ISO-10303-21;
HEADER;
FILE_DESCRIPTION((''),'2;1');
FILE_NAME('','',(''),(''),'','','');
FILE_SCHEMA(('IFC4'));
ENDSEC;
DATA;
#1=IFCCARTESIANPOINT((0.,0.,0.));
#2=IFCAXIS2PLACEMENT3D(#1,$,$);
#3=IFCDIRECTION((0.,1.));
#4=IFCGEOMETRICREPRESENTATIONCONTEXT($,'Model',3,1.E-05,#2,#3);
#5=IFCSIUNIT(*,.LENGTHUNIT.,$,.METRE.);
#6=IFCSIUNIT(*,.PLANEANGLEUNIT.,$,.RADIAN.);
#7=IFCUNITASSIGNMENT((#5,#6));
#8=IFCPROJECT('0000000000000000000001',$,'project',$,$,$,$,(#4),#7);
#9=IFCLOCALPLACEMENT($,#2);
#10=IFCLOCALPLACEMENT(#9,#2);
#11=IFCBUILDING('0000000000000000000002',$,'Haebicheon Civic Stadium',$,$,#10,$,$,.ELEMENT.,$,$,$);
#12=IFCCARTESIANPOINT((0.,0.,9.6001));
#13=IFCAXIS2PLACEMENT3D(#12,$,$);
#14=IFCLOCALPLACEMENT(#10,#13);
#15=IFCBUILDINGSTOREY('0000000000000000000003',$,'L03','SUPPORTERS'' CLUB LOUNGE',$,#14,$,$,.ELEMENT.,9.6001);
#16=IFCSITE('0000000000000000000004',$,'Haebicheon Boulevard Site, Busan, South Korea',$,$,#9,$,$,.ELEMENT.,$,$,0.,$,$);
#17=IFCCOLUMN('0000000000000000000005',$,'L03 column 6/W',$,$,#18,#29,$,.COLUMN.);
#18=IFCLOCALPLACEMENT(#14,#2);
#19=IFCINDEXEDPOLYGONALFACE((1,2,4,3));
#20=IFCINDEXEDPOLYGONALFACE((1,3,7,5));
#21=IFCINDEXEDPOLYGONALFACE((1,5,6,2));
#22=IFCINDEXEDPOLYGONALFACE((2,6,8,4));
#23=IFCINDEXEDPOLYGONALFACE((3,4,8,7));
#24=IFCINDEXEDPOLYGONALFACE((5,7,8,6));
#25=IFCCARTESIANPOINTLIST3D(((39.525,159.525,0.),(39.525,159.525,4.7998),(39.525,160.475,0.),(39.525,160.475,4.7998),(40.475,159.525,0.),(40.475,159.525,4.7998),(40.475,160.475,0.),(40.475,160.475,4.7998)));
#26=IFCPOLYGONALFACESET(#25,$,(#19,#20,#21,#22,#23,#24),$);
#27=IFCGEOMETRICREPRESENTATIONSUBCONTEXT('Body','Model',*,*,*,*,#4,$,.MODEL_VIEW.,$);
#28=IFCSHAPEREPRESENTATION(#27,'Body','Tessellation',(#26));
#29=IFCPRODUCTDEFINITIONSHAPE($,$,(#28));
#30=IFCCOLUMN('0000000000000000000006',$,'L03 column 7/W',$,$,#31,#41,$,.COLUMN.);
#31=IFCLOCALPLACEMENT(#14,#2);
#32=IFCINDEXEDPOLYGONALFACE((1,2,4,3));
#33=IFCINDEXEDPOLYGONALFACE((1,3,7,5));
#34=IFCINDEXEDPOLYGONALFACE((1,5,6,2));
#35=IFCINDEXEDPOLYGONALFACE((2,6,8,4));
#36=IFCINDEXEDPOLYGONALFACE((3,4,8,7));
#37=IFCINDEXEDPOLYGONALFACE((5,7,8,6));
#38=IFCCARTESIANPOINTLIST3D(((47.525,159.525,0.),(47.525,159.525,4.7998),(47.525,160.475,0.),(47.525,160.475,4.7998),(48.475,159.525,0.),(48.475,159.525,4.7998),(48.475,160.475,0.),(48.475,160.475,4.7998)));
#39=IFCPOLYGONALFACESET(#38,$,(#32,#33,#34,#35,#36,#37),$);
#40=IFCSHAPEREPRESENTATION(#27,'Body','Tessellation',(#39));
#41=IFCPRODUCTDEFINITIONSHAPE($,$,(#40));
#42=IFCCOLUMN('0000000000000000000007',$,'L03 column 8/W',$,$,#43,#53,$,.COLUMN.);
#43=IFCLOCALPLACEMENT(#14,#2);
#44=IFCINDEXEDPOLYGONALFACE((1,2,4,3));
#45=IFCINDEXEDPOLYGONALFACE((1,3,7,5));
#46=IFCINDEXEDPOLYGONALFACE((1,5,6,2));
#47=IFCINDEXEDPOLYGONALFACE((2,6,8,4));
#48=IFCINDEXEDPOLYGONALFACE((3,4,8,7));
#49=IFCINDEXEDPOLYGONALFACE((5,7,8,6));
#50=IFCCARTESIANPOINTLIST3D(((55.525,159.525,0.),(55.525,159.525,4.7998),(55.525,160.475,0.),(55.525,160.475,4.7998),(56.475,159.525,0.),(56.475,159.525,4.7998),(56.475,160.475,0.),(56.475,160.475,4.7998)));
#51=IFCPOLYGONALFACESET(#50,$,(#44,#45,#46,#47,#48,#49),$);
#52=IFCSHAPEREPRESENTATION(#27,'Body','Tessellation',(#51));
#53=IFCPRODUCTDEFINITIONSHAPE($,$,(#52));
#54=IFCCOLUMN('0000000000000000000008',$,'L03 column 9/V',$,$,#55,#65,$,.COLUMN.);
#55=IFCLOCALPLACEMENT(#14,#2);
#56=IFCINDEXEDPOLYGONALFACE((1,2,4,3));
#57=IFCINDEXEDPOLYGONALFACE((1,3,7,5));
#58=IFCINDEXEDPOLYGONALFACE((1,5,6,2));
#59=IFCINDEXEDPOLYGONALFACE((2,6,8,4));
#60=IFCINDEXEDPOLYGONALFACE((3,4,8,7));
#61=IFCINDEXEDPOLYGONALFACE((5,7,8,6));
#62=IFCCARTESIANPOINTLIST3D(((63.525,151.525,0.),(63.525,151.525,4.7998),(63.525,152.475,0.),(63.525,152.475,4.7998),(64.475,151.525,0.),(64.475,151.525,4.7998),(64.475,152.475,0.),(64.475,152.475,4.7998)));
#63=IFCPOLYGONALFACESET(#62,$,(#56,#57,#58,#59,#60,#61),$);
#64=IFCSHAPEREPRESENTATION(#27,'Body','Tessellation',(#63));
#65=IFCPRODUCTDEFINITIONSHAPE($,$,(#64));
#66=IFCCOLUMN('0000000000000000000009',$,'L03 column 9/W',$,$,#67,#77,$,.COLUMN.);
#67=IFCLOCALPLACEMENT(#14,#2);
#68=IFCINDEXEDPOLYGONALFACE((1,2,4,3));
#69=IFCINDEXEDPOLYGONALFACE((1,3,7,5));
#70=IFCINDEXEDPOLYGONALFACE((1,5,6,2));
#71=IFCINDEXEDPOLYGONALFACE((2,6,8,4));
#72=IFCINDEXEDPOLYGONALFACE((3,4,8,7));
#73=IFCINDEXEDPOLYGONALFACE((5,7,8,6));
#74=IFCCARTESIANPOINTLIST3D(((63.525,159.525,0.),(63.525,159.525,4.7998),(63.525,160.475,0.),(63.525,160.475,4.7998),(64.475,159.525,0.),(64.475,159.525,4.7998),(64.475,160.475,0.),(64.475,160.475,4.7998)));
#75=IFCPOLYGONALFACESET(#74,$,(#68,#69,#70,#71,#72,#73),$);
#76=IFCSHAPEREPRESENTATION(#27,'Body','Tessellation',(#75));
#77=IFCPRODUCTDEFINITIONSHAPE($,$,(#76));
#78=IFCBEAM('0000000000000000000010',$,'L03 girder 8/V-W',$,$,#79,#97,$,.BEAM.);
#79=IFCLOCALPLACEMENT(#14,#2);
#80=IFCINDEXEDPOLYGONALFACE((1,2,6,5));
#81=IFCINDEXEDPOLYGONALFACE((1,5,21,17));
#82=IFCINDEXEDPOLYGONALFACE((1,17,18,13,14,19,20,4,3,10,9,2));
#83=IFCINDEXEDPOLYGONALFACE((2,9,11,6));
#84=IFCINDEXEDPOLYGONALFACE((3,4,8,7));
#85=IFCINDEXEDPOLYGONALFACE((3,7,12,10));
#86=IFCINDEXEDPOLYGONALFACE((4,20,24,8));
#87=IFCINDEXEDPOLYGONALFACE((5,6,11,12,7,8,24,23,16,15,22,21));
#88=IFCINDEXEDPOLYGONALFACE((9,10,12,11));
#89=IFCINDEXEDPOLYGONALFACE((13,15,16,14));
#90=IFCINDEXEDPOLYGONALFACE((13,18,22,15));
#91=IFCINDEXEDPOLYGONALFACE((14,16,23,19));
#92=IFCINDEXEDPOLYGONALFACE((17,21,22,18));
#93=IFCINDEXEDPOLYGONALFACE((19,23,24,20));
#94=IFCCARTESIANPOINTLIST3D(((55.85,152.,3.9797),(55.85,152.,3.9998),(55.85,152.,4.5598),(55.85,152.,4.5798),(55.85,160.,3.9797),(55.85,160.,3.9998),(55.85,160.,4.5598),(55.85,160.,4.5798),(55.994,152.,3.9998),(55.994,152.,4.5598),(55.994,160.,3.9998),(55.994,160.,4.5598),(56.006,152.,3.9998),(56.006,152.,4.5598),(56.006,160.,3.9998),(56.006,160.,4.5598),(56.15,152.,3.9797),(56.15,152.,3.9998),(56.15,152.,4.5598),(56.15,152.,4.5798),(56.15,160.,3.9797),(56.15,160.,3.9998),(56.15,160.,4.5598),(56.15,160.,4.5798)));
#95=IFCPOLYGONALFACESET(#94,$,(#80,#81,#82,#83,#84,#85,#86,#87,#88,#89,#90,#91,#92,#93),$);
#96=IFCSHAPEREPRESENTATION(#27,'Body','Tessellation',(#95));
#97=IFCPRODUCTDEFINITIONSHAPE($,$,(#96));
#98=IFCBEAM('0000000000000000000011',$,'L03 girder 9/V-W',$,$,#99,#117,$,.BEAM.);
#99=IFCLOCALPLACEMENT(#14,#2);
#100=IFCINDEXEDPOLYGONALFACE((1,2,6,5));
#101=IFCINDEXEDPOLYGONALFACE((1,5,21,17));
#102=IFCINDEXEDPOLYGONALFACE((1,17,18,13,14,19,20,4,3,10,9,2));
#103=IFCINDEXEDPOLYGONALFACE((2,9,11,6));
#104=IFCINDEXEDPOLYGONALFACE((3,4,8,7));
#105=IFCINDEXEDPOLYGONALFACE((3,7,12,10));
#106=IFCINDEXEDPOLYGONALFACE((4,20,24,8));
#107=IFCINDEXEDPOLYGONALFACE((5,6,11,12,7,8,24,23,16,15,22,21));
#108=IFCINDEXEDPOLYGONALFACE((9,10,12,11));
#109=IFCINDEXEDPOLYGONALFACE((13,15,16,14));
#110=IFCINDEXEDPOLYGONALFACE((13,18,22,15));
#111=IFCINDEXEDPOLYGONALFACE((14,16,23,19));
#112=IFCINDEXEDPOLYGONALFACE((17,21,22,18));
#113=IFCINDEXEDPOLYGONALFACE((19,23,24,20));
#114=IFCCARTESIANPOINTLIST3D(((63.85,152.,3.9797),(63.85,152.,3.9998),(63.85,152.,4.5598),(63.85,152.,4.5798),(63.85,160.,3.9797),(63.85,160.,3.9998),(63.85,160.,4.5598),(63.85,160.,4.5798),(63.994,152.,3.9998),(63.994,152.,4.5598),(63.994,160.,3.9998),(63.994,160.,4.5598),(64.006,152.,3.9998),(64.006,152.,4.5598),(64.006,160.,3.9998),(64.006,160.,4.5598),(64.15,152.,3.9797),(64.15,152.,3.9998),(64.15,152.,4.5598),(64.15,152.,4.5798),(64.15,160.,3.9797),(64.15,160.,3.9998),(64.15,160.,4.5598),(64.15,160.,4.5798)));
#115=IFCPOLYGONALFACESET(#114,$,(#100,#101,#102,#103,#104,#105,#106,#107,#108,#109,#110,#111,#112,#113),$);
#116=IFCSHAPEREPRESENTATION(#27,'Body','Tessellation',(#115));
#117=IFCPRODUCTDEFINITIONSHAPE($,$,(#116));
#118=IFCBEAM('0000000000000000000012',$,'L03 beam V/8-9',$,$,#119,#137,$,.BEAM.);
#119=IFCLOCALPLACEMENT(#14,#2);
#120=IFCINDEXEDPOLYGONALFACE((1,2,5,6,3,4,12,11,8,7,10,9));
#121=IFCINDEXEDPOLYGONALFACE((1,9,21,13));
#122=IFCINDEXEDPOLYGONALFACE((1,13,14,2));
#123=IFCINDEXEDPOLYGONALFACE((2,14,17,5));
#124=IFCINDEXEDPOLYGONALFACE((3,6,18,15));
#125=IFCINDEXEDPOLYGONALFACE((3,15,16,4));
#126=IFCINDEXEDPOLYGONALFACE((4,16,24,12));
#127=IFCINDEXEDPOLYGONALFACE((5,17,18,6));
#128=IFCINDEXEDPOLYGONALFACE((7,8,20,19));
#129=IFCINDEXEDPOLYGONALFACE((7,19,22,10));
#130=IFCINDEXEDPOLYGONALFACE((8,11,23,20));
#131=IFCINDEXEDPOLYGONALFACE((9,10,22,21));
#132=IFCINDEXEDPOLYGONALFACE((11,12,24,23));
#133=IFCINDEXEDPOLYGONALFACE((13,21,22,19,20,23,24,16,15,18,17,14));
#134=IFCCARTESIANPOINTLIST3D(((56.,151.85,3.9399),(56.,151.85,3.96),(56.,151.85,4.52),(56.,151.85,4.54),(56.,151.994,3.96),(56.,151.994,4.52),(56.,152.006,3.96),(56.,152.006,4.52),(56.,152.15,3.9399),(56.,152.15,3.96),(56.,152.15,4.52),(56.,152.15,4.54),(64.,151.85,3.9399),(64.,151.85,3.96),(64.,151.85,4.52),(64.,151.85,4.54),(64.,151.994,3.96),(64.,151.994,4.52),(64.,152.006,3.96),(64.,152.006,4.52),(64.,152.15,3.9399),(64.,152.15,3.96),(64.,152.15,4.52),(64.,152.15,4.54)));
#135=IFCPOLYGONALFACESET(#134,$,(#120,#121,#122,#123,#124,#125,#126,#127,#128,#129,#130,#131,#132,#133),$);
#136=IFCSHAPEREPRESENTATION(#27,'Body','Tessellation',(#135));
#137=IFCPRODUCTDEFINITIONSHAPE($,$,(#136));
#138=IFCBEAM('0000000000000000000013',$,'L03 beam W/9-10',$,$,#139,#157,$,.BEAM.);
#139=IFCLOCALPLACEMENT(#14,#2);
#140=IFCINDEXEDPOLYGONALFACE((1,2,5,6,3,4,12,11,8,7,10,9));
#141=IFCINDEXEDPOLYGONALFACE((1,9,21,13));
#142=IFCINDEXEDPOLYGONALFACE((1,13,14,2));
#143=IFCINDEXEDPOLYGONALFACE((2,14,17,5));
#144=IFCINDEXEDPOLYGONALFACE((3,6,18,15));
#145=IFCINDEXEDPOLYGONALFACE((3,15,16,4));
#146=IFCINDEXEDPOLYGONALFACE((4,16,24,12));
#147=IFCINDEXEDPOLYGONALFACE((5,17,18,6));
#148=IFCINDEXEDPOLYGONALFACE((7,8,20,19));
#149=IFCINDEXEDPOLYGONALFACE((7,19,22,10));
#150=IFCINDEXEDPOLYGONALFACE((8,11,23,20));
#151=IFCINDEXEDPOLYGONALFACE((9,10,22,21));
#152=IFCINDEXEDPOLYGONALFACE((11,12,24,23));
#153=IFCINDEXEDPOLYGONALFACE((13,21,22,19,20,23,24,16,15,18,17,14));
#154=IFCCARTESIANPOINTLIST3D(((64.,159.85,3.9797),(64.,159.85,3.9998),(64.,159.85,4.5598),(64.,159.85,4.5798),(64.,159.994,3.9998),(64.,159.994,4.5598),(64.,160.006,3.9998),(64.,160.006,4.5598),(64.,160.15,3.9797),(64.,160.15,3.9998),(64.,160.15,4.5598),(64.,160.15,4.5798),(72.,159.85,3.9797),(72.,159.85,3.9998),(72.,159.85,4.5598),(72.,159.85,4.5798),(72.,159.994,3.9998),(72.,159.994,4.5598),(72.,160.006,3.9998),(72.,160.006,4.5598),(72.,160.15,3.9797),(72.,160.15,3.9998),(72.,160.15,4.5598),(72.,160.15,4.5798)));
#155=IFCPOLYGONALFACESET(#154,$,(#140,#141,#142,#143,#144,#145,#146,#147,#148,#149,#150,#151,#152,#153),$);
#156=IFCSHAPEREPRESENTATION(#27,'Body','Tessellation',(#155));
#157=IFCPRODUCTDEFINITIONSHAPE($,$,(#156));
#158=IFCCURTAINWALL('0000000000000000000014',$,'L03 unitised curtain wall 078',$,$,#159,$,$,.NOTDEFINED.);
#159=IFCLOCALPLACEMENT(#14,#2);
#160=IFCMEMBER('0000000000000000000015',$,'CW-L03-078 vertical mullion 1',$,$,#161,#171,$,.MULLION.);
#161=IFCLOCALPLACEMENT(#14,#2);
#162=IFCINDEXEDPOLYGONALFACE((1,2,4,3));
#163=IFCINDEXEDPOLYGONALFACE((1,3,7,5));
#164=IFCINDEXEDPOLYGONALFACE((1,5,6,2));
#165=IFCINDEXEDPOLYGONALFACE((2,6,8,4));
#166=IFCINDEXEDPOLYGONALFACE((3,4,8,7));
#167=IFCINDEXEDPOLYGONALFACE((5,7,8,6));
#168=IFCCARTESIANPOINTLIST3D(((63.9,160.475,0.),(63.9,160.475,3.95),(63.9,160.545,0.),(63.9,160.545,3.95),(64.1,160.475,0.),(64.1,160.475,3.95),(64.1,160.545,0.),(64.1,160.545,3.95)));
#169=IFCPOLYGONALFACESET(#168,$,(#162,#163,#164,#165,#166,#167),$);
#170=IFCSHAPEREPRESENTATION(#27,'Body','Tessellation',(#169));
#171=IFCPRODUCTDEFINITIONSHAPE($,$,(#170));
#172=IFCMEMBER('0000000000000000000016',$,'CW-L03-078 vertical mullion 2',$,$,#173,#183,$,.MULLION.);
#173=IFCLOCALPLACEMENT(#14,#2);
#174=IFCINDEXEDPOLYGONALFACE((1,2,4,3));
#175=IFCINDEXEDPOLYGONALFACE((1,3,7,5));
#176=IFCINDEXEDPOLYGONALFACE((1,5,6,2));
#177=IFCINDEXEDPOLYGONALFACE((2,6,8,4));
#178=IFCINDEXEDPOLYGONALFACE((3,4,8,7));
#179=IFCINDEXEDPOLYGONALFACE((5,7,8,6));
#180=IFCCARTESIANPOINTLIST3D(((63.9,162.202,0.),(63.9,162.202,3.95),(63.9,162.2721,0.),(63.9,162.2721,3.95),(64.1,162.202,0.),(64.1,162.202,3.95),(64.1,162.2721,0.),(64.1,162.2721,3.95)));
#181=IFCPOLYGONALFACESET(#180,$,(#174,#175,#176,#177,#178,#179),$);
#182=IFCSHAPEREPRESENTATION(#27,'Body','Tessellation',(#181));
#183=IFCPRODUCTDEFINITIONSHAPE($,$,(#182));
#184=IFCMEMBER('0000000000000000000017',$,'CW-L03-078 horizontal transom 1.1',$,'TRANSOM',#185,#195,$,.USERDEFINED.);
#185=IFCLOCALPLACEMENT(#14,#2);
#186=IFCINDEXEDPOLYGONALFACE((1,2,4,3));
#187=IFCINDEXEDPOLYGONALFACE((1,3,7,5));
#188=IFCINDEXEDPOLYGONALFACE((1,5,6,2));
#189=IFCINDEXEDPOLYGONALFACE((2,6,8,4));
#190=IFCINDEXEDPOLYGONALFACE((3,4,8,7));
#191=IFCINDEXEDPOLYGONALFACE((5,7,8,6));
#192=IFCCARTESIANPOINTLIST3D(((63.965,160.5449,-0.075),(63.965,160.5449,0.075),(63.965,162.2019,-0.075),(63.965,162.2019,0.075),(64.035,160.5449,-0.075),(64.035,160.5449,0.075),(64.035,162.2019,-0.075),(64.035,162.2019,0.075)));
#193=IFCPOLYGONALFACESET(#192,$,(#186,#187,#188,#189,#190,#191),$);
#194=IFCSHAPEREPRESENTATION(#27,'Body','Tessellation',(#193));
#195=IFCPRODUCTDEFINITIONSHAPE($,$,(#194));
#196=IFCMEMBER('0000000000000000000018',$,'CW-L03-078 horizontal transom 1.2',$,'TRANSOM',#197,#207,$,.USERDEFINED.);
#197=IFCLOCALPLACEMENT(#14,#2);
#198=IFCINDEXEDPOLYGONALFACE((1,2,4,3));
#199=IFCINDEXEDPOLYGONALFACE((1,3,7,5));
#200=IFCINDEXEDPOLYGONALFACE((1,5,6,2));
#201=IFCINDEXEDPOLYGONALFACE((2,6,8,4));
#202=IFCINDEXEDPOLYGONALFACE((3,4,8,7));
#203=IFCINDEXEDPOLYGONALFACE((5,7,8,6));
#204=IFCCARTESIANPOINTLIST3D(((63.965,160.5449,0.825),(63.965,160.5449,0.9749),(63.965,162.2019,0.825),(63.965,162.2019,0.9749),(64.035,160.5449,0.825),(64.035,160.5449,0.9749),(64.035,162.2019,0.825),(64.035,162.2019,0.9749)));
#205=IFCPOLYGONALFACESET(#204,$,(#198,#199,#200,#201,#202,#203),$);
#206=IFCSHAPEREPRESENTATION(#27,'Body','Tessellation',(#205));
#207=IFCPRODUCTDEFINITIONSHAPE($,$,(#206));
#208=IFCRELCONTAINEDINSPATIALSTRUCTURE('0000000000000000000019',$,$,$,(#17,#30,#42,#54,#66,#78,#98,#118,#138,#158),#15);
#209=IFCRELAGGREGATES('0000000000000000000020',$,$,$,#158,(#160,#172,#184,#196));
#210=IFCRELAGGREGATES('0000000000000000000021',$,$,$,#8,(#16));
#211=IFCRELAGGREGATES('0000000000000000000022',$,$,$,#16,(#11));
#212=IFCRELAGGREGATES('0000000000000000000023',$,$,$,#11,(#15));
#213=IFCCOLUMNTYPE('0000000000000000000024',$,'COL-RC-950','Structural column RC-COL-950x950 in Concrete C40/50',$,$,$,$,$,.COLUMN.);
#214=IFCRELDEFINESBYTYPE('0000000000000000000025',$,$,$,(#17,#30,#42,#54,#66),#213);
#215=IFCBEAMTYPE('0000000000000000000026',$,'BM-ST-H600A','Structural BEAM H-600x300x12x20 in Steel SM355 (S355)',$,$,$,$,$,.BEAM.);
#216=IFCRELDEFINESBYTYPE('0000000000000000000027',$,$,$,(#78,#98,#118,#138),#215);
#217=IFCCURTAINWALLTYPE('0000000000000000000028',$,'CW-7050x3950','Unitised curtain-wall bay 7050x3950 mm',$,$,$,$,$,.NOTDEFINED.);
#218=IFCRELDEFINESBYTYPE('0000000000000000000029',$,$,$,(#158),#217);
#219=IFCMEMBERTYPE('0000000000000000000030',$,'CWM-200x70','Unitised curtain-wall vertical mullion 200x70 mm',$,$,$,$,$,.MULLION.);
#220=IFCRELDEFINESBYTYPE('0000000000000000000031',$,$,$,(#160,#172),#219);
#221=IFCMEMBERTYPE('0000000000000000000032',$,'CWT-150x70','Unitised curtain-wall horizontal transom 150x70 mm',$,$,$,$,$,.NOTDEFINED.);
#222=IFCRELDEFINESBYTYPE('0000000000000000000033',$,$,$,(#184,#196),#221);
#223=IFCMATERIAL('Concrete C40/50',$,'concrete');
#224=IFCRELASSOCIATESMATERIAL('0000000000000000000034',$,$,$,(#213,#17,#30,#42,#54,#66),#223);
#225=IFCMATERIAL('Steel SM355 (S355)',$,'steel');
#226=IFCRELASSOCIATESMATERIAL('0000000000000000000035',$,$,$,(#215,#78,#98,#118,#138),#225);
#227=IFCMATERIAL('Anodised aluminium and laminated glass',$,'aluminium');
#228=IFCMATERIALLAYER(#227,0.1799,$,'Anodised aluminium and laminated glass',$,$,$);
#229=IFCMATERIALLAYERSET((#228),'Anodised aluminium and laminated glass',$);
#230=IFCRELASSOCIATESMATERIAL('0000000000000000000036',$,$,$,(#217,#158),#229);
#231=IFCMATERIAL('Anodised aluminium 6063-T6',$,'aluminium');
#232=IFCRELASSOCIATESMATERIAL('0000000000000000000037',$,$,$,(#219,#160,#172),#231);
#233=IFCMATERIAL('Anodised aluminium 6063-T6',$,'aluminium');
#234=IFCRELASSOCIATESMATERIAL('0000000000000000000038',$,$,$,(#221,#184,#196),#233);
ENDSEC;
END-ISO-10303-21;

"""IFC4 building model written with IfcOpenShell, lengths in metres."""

from ifc_helpers import new_model, si_unit, direction, frame, origin, origin_2d, place, context, subcontext, project, spatial, rectangle, i_section, extrude, material, layer, layer_set, material_profile, profile_set, type_object, element, aggregate, save


model = new_model("IFC4")

# Units and contexts
model_context = context("Model", 3, precision=1e-05, world=origin(), true_north=direction((0.0, 1.0)))
body_context = subcontext(model_context, "Body", "Model", "MODEL_VIEW")
ifc_project = project(units=[si_unit("LENGTHUNIT", "METRE"), si_unit("PLANEANGLEUNIT", "RADIAN")], contexts=[model_context])

# Site, building, storey
site_placement = place(None, origin())
site = spatial("IfcSite", under=ifc_project, at=site_placement, Name="Haebicheon Boulevard Site, Busan, South Korea", CompositionType="ELEMENT", RefElevation=0.0)
building_placement = place(site_placement, origin())
building = spatial("IfcBuilding", under=site, at=building_placement, Name="Haebicheon Civic Stadium", CompositionType="ELEMENT")
storey_placement = place(building_placement, frame((0.0, 0.0, 9.6001)))
storey = spatial("IfcBuildingStorey", under=building, at=storey_placement, Name="L03", Description="SUPPORTERS' CLUB LOUNGE", CompositionType="ELEMENT", Elevation=9.6001)

# Columns
ifc_material_1 = material(Name="Concrete C40/50", Category="concrete")
ifc_material_profile_1 = material_profile(ifc_material_1, rectangle(XDim=0.95, YDim=0.95, at=origin_2d()), Name="RC-COL-950x950")
ifc_profile_set_1 = profile_set([ifc_material_profile_1], Name="Concrete C40/50")
column_type = type_object("IfcColumnType", Name="COL-RC-950", Description="Structural column RC-COL-950x950 in Concrete C40/50", PredefinedType="COLUMN", material=ifc_profile_set_1)
for number, where, z_axis, x_axis, name in (
    (1, (40.0, 160.0, 0.0), (0.0, 0.0, 1.0), (1.0, 0.0, 0.0), "L03 column 6/W"),
    (2, (48.0, 160.0, 0.0), (0.0, 0.0, 1.0), (1.0, 0.0, 0.0), "L03 column 7/W"),
    (3, (56.0, 160.0, 0.0), (0.0, 0.0, 1.0), (1.0, 0.0, 0.0), "L03 column 8/W"),
    (4, (64.0, 152.0, 0.0), (0.0, 0.0, 1.0), (1.0, 0.0, 0.0), "L03 column 9/V"),
    (5, (64.0, 160.0, 0.0), (0.0, 0.0, 1.0), (1.0, 0.0, 0.0), "L03 column 9/W"),
):
    element("IfcColumn", number, at=place(storey_placement, frame(where, z_axis=z_axis, x_axis=x_axis)), inside=storey, type_object=column_type, material=ifc_profile_set_1, Name=name, PredefinedType="COLUMN", context=body_context, shape_type="SweptSolid", body=[
        extrude(rectangle(XDim=0.95, YDim=0.95, at=origin_2d()), origin(), (0.0, 0.0, 1.0), 4.7998),
    ])

# Beams
ifc_material_2 = material(Name="Steel SM355 (S355)", Category="steel")
ifc_material_profile_2 = material_profile(ifc_material_2, i_section(OverallWidth=0.3, OverallDepth=0.6001, WebThickness=0.012, FlangeThickness=0.02, at=origin_2d()), Name="H-600x300x12x20")
ifc_profile_set_2 = profile_set([ifc_material_profile_2], Name="Steel SM355 (S355)")
beam_type_1 = type_object("IfcBeamType", Name="BM-ST-H600A", Description="Structural BEAM H-600x300x12x20 in Steel SM355 (S355)", PredefinedType="BEAM", material=ifc_profile_set_2)
for number, where, z_axis, x_axis, name in (
    (6, (56.0, 152.0, 4.2798), (0.0, 1.0, 0.0), (-1.0, 0.0, 0.0), "L03 girder 8/V-W"),
    (7, (64.0, 152.0, 4.2798), (0.0, 1.0, 0.0), (-1.0, 0.0, 0.0), "L03 girder 9/V-W"),
    (8, (56.0, 152.0, 4.24), (1.0, 0.0, 0.0), (0.0, 1.0, 0.0), "L03 beam V/8-9"),
    (9, (64.0, 160.0, 4.2798), (1.0, 0.0, 0.0), (0.0, 1.0, 0.0), "L03 beam W/9-10"),
):
    element("IfcBeam", number, at=place(storey_placement, frame(where, z_axis=z_axis, x_axis=x_axis)), inside=storey, type_object=beam_type_1, material=ifc_profile_set_2, Name=name, PredefinedType="BEAM", context=body_context, shape_type="SweptSolid", body=[
        extrude(i_section(OverallWidth=0.3, OverallDepth=0.6001, WebThickness=0.012, FlangeThickness=0.02, at=origin_2d()), origin(), (0.0, 0.0, 1.0), 8.0),
    ])

# Curtain wall, members
ifc_material_3 = material(Name="Anodised aluminium and laminated glass", Category="aluminium")
ifc_layer_1 = layer(ifc_material_3, 0.1799, Name="Anodised aluminium and laminated glass")
ifc_layer_set_1 = layer_set([ifc_layer_1], Name="Anodised aluminium and laminated glass")
curtain_wall_type = type_object("IfcCurtainWallType", Name="CW-7050x3950", Description="Unitised curtain-wall bay 7050x3950 mm", PredefinedType="NOTDEFINED", material=ifc_layer_set_1)
curtain_wall_placement = place(storey_placement, origin())
curtain_wall = element("IfcCurtainWall", 10, at=curtain_wall_placement, inside=storey, type_object=curtain_wall_type, material=ifc_layer_set_1, Name="L03 unitised curtain wall 078", PredefinedType="NOTDEFINED")
ifc_material_4 = material(Name="Anodised aluminium 6063-T6", Category="aluminium")
ifc_material_profile_3 = material_profile(ifc_material_4, rectangle(XDim=0.0701, YDim=0.2, at=origin_2d()), Name="ALU-MULL-70x200")
ifc_profile_set_3 = profile_set([ifc_material_profile_3], Name="Anodised aluminium 6063-T6")
member_type_1 = type_object("IfcMemberType", Name="CWM-200x70", Description="Unitised curtain-wall vertical mullion 200x70 mm", PredefinedType="MULLION", material=ifc_profile_set_3)
member_1_placement = place(storey_placement, frame((64.0, 160.51, 0.0), z_axis=(0.0, 0.0, 1.0), x_axis=(0.0, 1.0, 0.0)))
member_1 = element("IfcMember", 11, at=member_1_placement, type_object=member_type_1, material=ifc_profile_set_3, Name="CW-L03-078 vertical mullion 1", PredefinedType="MULLION", context=body_context, shape_type="SweptSolid", body=[
    extrude(rectangle(XDim=0.0701, YDim=0.2, at=origin_2d()), origin(), (0.0, 0.0, 1.0), 3.95),
])
member_2_placement = place(storey_placement, frame((64.0, 162.2371, 0.0), z_axis=(0.0, 0.0, 1.0), x_axis=(0.0, 1.0, 0.0)))
member_2 = element("IfcMember", 12, at=member_2_placement, type_object=member_type_1, material=ifc_profile_set_3, Name="CW-L03-078 vertical mullion 2", PredefinedType="MULLION", context=body_context, shape_type="SweptSolid", body=[
    extrude(rectangle(XDim=0.0701, YDim=0.2, at=origin_2d()), origin(), (0.0, 0.0, 1.0), 3.95),
])
ifc_material_5 = material(Name="Anodised aluminium 6063-T6", Category="aluminium")
ifc_material_profile_4 = material_profile(ifc_material_5, rectangle(XDim=0.0701, YDim=0.1499, at=origin_2d()), Name="ALU-TRAN-70x150")
ifc_profile_set_4 = profile_set([ifc_material_profile_4], Name="Anodised aluminium 6063-T6")
member_type_2 = type_object("IfcMemberType", Name="CWT-150x70", Description="Unitised curtain-wall horizontal transom 150x70 mm", PredefinedType="NOTDEFINED", material=ifc_profile_set_4)
member_3_placement = place(storey_placement, frame((64.0, 160.5449, 0.0), z_axis=(0.0, 1.0, 0.0), x_axis=(-1.0, 0.0, 0.0)))
member_3 = element("IfcMember", 13, at=member_3_placement, type_object=member_type_2, material=ifc_profile_set_4, Name="CW-L03-078 horizontal transom 1.1", ObjectType="TRANSOM", PredefinedType="USERDEFINED", context=body_context, shape_type="SweptSolid", body=[
    extrude(rectangle(XDim=0.0701, YDim=0.1499, at=origin_2d()), origin(), (0.0, 0.0, 1.0), 1.657),
])
member_4_placement = place(storey_placement, frame((64.0, 160.5449, 0.8999), z_axis=(0.0, 1.0, 0.0), x_axis=(-1.0, 0.0, 0.0)))
member_4 = element("IfcMember", 14, at=member_4_placement, type_object=member_type_2, material=ifc_profile_set_4, Name="CW-L03-078 horizontal transom 1.2", ObjectType="TRANSOM", PredefinedType="USERDEFINED", context=body_context, shape_type="SweptSolid", body=[
    extrude(rectangle(XDim=0.0701, YDim=0.1499, at=origin_2d()), origin(), (0.0, 0.0, 1.0), 1.657),
])

aggregate(curtain_wall, [member_1, member_2, member_3, member_4])

save(model, "model.ifc")
